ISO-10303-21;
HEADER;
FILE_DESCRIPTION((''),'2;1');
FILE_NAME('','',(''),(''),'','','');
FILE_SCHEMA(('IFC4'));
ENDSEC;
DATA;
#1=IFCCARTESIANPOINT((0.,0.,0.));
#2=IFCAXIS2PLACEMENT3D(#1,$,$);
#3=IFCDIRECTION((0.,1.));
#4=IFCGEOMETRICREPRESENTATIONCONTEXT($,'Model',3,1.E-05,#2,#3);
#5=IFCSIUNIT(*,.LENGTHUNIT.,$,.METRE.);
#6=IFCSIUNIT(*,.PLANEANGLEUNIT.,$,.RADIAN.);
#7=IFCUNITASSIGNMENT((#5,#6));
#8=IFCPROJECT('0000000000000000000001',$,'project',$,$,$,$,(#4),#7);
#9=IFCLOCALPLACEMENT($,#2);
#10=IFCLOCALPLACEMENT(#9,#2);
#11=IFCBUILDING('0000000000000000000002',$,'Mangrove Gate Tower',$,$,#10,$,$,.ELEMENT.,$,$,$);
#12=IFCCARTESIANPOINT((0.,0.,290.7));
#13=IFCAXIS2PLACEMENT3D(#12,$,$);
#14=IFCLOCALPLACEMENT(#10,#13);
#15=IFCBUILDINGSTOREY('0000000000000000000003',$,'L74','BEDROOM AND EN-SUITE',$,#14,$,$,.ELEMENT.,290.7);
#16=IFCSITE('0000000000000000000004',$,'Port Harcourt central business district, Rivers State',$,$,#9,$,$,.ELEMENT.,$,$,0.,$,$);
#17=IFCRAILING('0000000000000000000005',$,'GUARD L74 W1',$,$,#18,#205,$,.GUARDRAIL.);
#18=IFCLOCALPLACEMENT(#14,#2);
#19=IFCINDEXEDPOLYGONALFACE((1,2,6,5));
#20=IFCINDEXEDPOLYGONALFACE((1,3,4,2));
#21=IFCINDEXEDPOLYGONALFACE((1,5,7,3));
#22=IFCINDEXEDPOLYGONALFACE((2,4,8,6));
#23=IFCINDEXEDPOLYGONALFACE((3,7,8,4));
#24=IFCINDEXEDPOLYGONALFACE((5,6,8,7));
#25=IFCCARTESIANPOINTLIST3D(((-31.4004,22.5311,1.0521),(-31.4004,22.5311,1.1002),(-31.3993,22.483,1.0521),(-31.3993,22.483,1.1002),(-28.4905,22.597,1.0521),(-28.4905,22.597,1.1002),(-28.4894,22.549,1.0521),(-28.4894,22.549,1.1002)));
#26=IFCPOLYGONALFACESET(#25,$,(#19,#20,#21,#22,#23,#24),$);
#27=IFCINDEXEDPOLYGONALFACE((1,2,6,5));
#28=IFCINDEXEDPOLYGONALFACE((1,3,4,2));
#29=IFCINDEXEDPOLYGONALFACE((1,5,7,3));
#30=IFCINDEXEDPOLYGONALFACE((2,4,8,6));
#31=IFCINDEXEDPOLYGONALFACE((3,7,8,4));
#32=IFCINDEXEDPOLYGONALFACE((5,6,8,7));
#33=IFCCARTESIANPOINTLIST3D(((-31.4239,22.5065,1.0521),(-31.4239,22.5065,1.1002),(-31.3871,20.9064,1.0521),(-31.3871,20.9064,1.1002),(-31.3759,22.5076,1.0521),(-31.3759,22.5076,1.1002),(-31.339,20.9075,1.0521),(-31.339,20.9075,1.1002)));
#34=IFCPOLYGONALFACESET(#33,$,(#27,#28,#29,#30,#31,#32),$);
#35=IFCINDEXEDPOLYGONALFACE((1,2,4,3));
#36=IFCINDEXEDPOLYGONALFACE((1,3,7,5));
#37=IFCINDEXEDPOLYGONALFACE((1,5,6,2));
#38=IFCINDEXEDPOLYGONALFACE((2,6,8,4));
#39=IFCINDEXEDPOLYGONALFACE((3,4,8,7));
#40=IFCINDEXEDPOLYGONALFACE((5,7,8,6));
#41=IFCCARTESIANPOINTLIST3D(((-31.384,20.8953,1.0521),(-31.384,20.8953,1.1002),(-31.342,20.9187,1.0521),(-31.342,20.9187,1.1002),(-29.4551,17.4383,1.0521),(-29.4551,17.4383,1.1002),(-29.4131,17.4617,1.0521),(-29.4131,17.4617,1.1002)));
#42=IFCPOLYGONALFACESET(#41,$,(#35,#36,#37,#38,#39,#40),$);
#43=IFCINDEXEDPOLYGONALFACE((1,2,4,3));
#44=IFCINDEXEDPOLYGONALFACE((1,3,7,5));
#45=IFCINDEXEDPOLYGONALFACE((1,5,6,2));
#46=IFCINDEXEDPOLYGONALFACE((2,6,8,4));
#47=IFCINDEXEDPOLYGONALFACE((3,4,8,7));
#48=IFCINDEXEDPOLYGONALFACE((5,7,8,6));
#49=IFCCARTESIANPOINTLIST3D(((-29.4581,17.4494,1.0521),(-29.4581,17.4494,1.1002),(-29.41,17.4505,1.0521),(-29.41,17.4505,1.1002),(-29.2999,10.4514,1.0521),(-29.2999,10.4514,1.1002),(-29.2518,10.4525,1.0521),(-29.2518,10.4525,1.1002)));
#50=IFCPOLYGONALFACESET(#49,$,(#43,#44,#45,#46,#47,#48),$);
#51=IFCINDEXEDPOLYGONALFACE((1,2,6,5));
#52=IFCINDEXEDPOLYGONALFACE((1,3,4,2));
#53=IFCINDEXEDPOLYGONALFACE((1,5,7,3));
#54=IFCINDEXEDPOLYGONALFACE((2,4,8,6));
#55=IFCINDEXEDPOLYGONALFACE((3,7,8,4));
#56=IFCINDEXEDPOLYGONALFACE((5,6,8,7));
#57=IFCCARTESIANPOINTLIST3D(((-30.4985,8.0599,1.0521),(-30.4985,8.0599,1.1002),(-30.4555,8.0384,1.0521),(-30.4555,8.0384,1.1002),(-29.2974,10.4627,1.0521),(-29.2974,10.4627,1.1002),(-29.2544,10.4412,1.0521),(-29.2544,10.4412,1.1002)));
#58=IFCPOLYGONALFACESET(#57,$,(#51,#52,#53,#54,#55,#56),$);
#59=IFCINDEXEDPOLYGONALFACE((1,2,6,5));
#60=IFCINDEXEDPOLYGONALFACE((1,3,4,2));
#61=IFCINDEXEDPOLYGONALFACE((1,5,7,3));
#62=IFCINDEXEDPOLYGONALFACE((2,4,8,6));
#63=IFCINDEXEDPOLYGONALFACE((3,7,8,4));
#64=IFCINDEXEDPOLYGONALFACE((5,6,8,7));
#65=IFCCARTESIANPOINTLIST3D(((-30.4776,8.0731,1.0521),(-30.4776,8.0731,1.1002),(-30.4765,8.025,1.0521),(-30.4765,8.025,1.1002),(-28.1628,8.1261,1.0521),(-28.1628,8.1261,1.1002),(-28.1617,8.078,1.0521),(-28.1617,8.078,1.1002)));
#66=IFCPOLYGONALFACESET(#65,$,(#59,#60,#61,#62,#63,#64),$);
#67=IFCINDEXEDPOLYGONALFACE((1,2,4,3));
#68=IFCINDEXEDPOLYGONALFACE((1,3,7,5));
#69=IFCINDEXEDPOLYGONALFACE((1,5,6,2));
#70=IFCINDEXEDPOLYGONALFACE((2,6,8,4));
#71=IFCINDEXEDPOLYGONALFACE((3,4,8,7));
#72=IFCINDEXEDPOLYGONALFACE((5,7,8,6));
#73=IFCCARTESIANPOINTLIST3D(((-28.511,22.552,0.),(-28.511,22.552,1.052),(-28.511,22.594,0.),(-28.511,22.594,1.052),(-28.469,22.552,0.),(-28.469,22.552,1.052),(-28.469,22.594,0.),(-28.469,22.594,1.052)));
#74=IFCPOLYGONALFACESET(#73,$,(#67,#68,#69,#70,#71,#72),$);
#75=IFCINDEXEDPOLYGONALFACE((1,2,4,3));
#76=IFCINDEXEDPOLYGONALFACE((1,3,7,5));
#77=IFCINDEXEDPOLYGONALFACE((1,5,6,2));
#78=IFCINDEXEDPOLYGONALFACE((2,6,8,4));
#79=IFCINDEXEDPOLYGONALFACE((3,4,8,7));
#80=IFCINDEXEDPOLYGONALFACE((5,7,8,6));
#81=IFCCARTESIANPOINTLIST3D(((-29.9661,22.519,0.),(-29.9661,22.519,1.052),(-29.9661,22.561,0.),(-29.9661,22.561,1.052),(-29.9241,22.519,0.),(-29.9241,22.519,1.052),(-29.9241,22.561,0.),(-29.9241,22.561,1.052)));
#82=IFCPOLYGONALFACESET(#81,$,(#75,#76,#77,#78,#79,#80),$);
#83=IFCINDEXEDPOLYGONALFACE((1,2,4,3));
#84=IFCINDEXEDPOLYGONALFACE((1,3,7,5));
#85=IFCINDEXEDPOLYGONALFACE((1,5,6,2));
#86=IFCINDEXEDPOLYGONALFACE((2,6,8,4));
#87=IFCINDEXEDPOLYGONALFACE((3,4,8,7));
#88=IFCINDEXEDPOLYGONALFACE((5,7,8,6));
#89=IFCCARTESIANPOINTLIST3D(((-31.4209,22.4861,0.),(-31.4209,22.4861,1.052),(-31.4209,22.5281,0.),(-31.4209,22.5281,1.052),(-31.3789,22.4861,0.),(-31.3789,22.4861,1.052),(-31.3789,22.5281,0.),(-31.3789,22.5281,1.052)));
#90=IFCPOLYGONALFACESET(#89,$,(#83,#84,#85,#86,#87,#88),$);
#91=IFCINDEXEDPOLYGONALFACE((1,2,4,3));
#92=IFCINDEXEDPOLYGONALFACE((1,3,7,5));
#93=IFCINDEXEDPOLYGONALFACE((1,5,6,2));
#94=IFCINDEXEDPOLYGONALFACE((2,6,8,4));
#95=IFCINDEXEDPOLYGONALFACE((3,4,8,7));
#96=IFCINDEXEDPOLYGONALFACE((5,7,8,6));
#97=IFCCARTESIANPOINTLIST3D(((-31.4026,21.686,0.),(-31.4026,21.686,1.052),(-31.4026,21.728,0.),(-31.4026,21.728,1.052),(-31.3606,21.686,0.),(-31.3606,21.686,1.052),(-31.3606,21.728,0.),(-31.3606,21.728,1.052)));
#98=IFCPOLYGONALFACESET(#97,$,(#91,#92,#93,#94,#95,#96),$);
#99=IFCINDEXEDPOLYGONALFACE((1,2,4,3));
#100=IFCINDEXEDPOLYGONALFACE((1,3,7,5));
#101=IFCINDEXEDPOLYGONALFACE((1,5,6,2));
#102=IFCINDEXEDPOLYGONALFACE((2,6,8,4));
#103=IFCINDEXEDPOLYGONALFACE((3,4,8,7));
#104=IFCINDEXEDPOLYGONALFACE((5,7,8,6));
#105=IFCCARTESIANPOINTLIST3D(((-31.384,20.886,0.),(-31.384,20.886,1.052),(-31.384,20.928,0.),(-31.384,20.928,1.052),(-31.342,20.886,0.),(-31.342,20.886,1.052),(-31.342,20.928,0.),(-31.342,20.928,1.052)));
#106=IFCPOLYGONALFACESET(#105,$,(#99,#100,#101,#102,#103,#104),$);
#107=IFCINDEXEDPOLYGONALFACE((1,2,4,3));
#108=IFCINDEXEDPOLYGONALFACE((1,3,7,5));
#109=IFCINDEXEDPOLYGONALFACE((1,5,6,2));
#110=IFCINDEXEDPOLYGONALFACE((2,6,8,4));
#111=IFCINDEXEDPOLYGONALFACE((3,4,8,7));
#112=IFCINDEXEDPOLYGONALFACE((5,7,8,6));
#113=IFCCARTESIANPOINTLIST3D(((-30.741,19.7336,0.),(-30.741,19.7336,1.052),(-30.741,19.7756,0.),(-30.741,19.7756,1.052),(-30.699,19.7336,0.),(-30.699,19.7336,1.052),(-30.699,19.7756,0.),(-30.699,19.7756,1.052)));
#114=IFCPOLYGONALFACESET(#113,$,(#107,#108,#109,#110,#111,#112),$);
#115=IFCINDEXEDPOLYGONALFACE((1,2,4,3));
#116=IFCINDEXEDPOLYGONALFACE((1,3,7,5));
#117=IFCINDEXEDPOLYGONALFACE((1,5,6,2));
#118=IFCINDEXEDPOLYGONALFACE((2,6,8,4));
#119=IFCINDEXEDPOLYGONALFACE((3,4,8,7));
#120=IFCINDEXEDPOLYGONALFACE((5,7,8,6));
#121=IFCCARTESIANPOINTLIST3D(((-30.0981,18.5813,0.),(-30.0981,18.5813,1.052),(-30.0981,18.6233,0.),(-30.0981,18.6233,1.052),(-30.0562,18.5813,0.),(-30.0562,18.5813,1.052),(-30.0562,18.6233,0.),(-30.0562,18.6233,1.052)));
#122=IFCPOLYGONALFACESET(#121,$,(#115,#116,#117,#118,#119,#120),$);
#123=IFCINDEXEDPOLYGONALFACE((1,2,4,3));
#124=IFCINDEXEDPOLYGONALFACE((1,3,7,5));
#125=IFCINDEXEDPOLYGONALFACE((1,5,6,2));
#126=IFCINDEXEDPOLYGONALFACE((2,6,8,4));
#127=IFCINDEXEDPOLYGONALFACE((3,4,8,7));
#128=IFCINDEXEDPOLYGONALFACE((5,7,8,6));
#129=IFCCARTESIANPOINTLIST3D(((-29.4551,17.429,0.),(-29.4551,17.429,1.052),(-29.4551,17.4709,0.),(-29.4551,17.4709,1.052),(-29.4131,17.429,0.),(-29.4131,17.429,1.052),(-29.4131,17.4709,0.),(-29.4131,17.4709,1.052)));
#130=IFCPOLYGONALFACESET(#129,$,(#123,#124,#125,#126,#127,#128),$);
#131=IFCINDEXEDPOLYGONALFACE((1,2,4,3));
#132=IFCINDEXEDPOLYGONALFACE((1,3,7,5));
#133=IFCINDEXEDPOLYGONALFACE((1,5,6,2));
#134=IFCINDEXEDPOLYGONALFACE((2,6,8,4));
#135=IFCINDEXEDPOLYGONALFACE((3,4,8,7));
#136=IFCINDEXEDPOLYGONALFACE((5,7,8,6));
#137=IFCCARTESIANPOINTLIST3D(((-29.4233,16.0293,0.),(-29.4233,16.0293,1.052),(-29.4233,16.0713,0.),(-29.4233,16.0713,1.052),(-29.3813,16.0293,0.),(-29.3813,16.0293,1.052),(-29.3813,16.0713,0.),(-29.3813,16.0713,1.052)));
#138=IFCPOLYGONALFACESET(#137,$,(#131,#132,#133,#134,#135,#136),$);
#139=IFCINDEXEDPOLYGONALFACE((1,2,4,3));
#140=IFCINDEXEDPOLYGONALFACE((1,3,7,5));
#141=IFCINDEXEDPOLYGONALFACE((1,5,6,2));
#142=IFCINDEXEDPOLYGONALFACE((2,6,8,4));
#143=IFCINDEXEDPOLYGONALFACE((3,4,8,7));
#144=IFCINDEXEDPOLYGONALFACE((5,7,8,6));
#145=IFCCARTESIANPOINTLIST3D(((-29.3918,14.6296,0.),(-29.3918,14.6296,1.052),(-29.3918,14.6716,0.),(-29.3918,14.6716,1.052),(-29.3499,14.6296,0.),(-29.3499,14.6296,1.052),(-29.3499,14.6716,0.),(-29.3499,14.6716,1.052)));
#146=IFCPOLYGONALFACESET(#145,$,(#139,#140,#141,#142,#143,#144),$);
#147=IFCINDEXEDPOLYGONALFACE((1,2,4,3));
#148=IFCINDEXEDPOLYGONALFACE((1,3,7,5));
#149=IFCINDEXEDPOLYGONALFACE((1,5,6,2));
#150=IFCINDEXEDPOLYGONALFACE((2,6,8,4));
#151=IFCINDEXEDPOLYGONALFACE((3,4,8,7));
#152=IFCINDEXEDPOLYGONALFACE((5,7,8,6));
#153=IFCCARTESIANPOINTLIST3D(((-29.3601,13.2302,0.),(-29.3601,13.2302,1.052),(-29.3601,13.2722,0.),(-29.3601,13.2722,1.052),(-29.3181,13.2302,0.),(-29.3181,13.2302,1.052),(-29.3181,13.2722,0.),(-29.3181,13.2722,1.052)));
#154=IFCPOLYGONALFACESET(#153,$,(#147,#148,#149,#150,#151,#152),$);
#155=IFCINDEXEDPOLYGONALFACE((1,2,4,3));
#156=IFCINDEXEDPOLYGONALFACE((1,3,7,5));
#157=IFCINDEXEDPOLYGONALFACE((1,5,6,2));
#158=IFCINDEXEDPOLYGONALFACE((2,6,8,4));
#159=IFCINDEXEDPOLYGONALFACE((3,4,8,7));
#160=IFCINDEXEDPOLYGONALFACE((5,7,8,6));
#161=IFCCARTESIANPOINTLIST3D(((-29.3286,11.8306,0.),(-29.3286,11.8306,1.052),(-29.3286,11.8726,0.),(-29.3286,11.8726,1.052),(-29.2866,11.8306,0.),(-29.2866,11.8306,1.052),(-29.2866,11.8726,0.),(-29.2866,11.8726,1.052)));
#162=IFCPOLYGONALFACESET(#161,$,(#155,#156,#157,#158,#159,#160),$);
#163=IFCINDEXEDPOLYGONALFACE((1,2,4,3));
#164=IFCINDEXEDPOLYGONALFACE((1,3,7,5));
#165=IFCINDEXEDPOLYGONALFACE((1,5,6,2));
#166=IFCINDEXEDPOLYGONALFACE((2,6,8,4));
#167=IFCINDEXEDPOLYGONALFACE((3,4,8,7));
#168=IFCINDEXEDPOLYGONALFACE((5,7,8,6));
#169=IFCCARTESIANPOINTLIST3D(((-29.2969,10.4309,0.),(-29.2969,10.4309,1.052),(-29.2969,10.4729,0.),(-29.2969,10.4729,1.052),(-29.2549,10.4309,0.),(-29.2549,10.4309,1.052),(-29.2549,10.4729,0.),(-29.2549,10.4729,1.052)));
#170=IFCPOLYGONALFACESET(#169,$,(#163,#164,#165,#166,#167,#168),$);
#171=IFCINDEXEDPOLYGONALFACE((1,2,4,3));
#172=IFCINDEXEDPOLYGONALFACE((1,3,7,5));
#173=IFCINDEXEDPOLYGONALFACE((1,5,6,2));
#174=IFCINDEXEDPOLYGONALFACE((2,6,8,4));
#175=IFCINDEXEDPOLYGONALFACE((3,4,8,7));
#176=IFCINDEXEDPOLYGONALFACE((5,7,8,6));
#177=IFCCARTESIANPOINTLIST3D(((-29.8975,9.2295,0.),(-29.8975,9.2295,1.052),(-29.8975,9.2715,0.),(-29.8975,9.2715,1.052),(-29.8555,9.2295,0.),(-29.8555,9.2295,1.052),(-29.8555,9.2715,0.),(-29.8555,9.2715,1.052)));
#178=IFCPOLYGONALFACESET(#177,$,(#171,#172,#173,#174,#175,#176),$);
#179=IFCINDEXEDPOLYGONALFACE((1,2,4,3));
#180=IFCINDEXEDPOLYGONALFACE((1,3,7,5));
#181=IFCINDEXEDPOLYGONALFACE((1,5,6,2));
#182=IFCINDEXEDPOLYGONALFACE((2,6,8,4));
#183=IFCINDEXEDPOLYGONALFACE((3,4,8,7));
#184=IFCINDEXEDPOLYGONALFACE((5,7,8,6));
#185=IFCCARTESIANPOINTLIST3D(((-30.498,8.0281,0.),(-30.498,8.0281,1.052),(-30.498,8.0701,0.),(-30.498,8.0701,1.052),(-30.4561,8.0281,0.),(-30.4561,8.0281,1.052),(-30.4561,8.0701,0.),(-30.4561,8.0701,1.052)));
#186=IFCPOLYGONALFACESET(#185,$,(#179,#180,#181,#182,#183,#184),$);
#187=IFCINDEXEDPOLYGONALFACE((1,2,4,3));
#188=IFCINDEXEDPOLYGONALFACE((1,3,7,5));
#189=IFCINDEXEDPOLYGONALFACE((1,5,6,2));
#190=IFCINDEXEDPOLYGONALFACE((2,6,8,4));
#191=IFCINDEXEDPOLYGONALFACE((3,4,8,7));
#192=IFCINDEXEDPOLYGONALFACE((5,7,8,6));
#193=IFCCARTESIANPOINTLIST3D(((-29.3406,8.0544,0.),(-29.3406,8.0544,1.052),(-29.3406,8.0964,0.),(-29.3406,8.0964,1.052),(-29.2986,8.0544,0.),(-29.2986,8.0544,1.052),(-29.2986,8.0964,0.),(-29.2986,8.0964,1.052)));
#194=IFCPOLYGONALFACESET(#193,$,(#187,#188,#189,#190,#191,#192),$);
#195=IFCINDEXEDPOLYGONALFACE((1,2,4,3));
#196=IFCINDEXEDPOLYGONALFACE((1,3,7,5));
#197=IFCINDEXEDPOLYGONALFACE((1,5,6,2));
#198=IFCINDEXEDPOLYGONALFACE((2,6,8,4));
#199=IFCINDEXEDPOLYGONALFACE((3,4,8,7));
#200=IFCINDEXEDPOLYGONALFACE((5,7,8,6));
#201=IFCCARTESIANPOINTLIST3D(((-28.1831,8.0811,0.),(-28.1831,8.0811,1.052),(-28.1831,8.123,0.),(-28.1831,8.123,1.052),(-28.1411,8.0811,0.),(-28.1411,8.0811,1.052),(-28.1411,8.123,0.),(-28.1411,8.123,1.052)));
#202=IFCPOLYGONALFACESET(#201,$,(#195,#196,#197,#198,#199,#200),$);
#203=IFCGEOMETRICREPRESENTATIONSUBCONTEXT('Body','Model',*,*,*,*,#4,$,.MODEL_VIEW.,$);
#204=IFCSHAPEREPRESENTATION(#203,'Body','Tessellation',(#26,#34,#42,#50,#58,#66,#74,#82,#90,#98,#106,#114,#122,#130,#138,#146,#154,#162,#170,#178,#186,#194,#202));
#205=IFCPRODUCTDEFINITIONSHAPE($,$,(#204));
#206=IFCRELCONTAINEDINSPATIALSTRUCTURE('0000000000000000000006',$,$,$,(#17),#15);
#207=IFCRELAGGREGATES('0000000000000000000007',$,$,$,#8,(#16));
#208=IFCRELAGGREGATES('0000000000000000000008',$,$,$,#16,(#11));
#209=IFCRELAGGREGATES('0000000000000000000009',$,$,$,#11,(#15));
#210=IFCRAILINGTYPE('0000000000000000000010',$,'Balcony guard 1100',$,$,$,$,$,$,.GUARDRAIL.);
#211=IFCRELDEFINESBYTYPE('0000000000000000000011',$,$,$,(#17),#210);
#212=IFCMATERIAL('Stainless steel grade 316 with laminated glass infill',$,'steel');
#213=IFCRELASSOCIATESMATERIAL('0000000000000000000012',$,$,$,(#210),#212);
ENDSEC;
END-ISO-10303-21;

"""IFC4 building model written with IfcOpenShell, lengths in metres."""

from ifc_helpers import new_model, si_unit, direction, frame, origin, origin_2d, place, context, subcontext, project, spatial, rectangle, extrude, material, type_object, element, save


model = new_model("IFC4")

# Units and contexts
model_context = context("Model", 3, precision=1e-05, world=origin(), true_north=direction((0.0, 1.0)))
body_context = subcontext(model_context, "Body", "Model", "MODEL_VIEW")
ifc_project = project(units=[si_unit("LENGTHUNIT", "METRE"), si_unit("PLANEANGLEUNIT", "RADIAN")], contexts=[model_context])

# Site, building, storey
site_placement = place(None, origin())
site = spatial("IfcSite", under=ifc_project, at=site_placement, Name="Port Harcourt central business district, Rivers State", CompositionType="ELEMENT", RefElevation=0.0)
building_placement = place(site_placement, origin())
building = spatial("IfcBuilding", under=site, at=building_placement, Name="Mangrove Gate Tower", CompositionType="ELEMENT")
storey_placement = place(building_placement, frame((0.0, 0.0, 290.7)))
storey = spatial("IfcBuildingStorey", under=building, at=storey_placement, Name="L74", Description="BEDROOM AND EN-SUITE", CompositionType="ELEMENT", Elevation=290.7)

# Railing
ifc_material_1 = material(Name="Stainless steel grade 316 with laminated glass infill", Category="steel")
railing_type = type_object("IfcRailingType", Name="Balcony guard 1100", PredefinedType="GUARDRAIL", material=ifc_material_1)
railing_placement = place(storey_placement, frame((-28.49, 22.573, 0.0)))
element("IfcRailing", 1, at=railing_placement, inside=storey, type_object=railing_type, Name="GUARD L74 W1", PredefinedType="GUARDRAIL", context=body_context, shape_type="SweptSolid", body=[
    extrude(rectangle(XDim=0.0481, YDim=0.0481, at=origin_2d()), frame((0.0, 0.0, 1.0762), z_axis=(-0.999744, -0.022647, 0.0), x_axis=(0.022647, -0.999744, 0.0)), (0.0, 0.0, 1.0), 2.9106),
    extrude(rectangle(XDim=0.0481, YDim=0.0481, at=origin_2d()), frame((-2.9099, -0.0659, 1.0762), z_axis=(0.023033, -0.999735, 0.0), x_axis=(0.999735, 0.023033, 0.0)), (0.0, 0.0, 1.0), 1.6006),
    extrude(rectangle(XDim=0.0481, YDim=0.0481, at=origin_2d()), frame((-2.873, -1.666, 1.0762), z_axis=(0.48726, -0.873257, 0.0), x_axis=(0.873257, 0.48726, 0.0)), (0.0, 0.0, 1.0), 3.9587),
    extrude(rectangle(XDim=0.0481, YDim=0.0481, at=origin_2d()), frame((-0.9441, -5.123, 1.0762), z_axis=(0.022601, -0.999745, 0.0), x_axis=(0.999745, 0.022601, 0.0)), (0.0, 0.0, 1.0), 6.9998),
    extrude(rectangle(XDim=0.0481, YDim=0.0481, at=origin_2d()), frame((-0.7859, -12.1211, 1.0762), z_axis=(-0.447141, -0.894464, 0.0), x_axis=(0.894464, -0.447141, 0.0)), (0.0, 0.0, 1.0), 2.6863),
    extrude(rectangle(XDim=0.0481, YDim=0.0481, at=origin_2d()), frame((-1.9871, -14.5239, 1.0762), z_axis=(0.999738, 0.022879, 0.0), x_axis=(-0.022879, 0.999738, 0.0)), (0.0, 0.0, 1.0), 2.3154),
    extrude(rectangle(XDim=0.042, YDim=0.042, at=origin_2d()), origin(), (0.0, 0.0, 1.0), 1.052),
    extrude(rectangle(XDim=0.042, YDim=0.042, at=origin_2d()), frame((-1.4551, -0.033, 0.0)), (0.0, 0.0, 1.0), 1.052),
    extrude(rectangle(XDim=0.042, YDim=0.042, at=origin_2d()), frame((-2.9099, -0.0659, 0.0)), (0.0, 0.0, 1.0), 1.052),
    extrude(rectangle(XDim=0.042, YDim=0.042, at=origin_2d()), frame((-2.8916, -0.866, 0.0)), (0.0, 0.0, 1.0), 1.052),
    extrude(rectangle(XDim=0.042, YDim=0.042, at=origin_2d()), frame((-2.873, -1.666, 0.0)), (0.0, 0.0, 1.0), 1.052),
    extrude(rectangle(XDim=0.042, YDim=0.042, at=origin_2d()), frame((-2.23, -2.8184, 0.0)), (0.0, 0.0, 1.0), 1.052),
    extrude(rectangle(XDim=0.042, YDim=0.042, at=origin_2d()), frame((-1.5872, -3.9707, 0.0)), (0.0, 0.0, 1.0), 1.052),
    extrude(rectangle(XDim=0.042, YDim=0.042, at=origin_2d()), frame((-0.9441, -5.123, 0.0)), (0.0, 0.0, 1.0), 1.052),
    extrude(rectangle(XDim=0.042, YDim=0.042, at=origin_2d()), frame((-0.9124, -6.5227, 0.0)), (0.0, 0.0, 1.0), 1.052),
    extrude(rectangle(XDim=0.042, YDim=0.042, at=origin_2d()), frame((-0.8809, -7.9224, 0.0)), (0.0, 0.0, 1.0), 1.052),
    extrude(rectangle(XDim=0.042, YDim=0.042, at=origin_2d()), frame((-0.8491, -9.3218, 0.0)), (0.0, 0.0, 1.0), 1.052),
    extrude(rectangle(XDim=0.042, YDim=0.042, at=origin_2d()), frame((-0.8176, -10.7214, 0.0)), (0.0, 0.0, 1.0), 1.052),
    extrude(rectangle(XDim=0.042, YDim=0.042, at=origin_2d()), frame((-0.7859, -12.1211, 0.0)), (0.0, 0.0, 1.0), 1.052),
    extrude(rectangle(XDim=0.042, YDim=0.042, at=origin_2d()), frame((-1.3865, -13.3225, 0.0)), (0.0, 0.0, 1.0), 1.052),
    extrude(rectangle(XDim=0.042, YDim=0.042, at=origin_2d()), frame((-1.9871, -14.5239, 0.0)), (0.0, 0.0, 1.0), 1.052),
    extrude(rectangle(XDim=0.042, YDim=0.042, at=origin_2d()), frame((-0.8296, -14.4976, 0.0)), (0.0, 0.0, 1.0), 1.052),
    extrude(rectangle(XDim=0.042, YDim=0.042, at=origin_2d()), frame((0.3279, -14.4709, 0.0)), (0.0, 0.0, 1.0), 1.052),
])

save(model, "model.ifc")
